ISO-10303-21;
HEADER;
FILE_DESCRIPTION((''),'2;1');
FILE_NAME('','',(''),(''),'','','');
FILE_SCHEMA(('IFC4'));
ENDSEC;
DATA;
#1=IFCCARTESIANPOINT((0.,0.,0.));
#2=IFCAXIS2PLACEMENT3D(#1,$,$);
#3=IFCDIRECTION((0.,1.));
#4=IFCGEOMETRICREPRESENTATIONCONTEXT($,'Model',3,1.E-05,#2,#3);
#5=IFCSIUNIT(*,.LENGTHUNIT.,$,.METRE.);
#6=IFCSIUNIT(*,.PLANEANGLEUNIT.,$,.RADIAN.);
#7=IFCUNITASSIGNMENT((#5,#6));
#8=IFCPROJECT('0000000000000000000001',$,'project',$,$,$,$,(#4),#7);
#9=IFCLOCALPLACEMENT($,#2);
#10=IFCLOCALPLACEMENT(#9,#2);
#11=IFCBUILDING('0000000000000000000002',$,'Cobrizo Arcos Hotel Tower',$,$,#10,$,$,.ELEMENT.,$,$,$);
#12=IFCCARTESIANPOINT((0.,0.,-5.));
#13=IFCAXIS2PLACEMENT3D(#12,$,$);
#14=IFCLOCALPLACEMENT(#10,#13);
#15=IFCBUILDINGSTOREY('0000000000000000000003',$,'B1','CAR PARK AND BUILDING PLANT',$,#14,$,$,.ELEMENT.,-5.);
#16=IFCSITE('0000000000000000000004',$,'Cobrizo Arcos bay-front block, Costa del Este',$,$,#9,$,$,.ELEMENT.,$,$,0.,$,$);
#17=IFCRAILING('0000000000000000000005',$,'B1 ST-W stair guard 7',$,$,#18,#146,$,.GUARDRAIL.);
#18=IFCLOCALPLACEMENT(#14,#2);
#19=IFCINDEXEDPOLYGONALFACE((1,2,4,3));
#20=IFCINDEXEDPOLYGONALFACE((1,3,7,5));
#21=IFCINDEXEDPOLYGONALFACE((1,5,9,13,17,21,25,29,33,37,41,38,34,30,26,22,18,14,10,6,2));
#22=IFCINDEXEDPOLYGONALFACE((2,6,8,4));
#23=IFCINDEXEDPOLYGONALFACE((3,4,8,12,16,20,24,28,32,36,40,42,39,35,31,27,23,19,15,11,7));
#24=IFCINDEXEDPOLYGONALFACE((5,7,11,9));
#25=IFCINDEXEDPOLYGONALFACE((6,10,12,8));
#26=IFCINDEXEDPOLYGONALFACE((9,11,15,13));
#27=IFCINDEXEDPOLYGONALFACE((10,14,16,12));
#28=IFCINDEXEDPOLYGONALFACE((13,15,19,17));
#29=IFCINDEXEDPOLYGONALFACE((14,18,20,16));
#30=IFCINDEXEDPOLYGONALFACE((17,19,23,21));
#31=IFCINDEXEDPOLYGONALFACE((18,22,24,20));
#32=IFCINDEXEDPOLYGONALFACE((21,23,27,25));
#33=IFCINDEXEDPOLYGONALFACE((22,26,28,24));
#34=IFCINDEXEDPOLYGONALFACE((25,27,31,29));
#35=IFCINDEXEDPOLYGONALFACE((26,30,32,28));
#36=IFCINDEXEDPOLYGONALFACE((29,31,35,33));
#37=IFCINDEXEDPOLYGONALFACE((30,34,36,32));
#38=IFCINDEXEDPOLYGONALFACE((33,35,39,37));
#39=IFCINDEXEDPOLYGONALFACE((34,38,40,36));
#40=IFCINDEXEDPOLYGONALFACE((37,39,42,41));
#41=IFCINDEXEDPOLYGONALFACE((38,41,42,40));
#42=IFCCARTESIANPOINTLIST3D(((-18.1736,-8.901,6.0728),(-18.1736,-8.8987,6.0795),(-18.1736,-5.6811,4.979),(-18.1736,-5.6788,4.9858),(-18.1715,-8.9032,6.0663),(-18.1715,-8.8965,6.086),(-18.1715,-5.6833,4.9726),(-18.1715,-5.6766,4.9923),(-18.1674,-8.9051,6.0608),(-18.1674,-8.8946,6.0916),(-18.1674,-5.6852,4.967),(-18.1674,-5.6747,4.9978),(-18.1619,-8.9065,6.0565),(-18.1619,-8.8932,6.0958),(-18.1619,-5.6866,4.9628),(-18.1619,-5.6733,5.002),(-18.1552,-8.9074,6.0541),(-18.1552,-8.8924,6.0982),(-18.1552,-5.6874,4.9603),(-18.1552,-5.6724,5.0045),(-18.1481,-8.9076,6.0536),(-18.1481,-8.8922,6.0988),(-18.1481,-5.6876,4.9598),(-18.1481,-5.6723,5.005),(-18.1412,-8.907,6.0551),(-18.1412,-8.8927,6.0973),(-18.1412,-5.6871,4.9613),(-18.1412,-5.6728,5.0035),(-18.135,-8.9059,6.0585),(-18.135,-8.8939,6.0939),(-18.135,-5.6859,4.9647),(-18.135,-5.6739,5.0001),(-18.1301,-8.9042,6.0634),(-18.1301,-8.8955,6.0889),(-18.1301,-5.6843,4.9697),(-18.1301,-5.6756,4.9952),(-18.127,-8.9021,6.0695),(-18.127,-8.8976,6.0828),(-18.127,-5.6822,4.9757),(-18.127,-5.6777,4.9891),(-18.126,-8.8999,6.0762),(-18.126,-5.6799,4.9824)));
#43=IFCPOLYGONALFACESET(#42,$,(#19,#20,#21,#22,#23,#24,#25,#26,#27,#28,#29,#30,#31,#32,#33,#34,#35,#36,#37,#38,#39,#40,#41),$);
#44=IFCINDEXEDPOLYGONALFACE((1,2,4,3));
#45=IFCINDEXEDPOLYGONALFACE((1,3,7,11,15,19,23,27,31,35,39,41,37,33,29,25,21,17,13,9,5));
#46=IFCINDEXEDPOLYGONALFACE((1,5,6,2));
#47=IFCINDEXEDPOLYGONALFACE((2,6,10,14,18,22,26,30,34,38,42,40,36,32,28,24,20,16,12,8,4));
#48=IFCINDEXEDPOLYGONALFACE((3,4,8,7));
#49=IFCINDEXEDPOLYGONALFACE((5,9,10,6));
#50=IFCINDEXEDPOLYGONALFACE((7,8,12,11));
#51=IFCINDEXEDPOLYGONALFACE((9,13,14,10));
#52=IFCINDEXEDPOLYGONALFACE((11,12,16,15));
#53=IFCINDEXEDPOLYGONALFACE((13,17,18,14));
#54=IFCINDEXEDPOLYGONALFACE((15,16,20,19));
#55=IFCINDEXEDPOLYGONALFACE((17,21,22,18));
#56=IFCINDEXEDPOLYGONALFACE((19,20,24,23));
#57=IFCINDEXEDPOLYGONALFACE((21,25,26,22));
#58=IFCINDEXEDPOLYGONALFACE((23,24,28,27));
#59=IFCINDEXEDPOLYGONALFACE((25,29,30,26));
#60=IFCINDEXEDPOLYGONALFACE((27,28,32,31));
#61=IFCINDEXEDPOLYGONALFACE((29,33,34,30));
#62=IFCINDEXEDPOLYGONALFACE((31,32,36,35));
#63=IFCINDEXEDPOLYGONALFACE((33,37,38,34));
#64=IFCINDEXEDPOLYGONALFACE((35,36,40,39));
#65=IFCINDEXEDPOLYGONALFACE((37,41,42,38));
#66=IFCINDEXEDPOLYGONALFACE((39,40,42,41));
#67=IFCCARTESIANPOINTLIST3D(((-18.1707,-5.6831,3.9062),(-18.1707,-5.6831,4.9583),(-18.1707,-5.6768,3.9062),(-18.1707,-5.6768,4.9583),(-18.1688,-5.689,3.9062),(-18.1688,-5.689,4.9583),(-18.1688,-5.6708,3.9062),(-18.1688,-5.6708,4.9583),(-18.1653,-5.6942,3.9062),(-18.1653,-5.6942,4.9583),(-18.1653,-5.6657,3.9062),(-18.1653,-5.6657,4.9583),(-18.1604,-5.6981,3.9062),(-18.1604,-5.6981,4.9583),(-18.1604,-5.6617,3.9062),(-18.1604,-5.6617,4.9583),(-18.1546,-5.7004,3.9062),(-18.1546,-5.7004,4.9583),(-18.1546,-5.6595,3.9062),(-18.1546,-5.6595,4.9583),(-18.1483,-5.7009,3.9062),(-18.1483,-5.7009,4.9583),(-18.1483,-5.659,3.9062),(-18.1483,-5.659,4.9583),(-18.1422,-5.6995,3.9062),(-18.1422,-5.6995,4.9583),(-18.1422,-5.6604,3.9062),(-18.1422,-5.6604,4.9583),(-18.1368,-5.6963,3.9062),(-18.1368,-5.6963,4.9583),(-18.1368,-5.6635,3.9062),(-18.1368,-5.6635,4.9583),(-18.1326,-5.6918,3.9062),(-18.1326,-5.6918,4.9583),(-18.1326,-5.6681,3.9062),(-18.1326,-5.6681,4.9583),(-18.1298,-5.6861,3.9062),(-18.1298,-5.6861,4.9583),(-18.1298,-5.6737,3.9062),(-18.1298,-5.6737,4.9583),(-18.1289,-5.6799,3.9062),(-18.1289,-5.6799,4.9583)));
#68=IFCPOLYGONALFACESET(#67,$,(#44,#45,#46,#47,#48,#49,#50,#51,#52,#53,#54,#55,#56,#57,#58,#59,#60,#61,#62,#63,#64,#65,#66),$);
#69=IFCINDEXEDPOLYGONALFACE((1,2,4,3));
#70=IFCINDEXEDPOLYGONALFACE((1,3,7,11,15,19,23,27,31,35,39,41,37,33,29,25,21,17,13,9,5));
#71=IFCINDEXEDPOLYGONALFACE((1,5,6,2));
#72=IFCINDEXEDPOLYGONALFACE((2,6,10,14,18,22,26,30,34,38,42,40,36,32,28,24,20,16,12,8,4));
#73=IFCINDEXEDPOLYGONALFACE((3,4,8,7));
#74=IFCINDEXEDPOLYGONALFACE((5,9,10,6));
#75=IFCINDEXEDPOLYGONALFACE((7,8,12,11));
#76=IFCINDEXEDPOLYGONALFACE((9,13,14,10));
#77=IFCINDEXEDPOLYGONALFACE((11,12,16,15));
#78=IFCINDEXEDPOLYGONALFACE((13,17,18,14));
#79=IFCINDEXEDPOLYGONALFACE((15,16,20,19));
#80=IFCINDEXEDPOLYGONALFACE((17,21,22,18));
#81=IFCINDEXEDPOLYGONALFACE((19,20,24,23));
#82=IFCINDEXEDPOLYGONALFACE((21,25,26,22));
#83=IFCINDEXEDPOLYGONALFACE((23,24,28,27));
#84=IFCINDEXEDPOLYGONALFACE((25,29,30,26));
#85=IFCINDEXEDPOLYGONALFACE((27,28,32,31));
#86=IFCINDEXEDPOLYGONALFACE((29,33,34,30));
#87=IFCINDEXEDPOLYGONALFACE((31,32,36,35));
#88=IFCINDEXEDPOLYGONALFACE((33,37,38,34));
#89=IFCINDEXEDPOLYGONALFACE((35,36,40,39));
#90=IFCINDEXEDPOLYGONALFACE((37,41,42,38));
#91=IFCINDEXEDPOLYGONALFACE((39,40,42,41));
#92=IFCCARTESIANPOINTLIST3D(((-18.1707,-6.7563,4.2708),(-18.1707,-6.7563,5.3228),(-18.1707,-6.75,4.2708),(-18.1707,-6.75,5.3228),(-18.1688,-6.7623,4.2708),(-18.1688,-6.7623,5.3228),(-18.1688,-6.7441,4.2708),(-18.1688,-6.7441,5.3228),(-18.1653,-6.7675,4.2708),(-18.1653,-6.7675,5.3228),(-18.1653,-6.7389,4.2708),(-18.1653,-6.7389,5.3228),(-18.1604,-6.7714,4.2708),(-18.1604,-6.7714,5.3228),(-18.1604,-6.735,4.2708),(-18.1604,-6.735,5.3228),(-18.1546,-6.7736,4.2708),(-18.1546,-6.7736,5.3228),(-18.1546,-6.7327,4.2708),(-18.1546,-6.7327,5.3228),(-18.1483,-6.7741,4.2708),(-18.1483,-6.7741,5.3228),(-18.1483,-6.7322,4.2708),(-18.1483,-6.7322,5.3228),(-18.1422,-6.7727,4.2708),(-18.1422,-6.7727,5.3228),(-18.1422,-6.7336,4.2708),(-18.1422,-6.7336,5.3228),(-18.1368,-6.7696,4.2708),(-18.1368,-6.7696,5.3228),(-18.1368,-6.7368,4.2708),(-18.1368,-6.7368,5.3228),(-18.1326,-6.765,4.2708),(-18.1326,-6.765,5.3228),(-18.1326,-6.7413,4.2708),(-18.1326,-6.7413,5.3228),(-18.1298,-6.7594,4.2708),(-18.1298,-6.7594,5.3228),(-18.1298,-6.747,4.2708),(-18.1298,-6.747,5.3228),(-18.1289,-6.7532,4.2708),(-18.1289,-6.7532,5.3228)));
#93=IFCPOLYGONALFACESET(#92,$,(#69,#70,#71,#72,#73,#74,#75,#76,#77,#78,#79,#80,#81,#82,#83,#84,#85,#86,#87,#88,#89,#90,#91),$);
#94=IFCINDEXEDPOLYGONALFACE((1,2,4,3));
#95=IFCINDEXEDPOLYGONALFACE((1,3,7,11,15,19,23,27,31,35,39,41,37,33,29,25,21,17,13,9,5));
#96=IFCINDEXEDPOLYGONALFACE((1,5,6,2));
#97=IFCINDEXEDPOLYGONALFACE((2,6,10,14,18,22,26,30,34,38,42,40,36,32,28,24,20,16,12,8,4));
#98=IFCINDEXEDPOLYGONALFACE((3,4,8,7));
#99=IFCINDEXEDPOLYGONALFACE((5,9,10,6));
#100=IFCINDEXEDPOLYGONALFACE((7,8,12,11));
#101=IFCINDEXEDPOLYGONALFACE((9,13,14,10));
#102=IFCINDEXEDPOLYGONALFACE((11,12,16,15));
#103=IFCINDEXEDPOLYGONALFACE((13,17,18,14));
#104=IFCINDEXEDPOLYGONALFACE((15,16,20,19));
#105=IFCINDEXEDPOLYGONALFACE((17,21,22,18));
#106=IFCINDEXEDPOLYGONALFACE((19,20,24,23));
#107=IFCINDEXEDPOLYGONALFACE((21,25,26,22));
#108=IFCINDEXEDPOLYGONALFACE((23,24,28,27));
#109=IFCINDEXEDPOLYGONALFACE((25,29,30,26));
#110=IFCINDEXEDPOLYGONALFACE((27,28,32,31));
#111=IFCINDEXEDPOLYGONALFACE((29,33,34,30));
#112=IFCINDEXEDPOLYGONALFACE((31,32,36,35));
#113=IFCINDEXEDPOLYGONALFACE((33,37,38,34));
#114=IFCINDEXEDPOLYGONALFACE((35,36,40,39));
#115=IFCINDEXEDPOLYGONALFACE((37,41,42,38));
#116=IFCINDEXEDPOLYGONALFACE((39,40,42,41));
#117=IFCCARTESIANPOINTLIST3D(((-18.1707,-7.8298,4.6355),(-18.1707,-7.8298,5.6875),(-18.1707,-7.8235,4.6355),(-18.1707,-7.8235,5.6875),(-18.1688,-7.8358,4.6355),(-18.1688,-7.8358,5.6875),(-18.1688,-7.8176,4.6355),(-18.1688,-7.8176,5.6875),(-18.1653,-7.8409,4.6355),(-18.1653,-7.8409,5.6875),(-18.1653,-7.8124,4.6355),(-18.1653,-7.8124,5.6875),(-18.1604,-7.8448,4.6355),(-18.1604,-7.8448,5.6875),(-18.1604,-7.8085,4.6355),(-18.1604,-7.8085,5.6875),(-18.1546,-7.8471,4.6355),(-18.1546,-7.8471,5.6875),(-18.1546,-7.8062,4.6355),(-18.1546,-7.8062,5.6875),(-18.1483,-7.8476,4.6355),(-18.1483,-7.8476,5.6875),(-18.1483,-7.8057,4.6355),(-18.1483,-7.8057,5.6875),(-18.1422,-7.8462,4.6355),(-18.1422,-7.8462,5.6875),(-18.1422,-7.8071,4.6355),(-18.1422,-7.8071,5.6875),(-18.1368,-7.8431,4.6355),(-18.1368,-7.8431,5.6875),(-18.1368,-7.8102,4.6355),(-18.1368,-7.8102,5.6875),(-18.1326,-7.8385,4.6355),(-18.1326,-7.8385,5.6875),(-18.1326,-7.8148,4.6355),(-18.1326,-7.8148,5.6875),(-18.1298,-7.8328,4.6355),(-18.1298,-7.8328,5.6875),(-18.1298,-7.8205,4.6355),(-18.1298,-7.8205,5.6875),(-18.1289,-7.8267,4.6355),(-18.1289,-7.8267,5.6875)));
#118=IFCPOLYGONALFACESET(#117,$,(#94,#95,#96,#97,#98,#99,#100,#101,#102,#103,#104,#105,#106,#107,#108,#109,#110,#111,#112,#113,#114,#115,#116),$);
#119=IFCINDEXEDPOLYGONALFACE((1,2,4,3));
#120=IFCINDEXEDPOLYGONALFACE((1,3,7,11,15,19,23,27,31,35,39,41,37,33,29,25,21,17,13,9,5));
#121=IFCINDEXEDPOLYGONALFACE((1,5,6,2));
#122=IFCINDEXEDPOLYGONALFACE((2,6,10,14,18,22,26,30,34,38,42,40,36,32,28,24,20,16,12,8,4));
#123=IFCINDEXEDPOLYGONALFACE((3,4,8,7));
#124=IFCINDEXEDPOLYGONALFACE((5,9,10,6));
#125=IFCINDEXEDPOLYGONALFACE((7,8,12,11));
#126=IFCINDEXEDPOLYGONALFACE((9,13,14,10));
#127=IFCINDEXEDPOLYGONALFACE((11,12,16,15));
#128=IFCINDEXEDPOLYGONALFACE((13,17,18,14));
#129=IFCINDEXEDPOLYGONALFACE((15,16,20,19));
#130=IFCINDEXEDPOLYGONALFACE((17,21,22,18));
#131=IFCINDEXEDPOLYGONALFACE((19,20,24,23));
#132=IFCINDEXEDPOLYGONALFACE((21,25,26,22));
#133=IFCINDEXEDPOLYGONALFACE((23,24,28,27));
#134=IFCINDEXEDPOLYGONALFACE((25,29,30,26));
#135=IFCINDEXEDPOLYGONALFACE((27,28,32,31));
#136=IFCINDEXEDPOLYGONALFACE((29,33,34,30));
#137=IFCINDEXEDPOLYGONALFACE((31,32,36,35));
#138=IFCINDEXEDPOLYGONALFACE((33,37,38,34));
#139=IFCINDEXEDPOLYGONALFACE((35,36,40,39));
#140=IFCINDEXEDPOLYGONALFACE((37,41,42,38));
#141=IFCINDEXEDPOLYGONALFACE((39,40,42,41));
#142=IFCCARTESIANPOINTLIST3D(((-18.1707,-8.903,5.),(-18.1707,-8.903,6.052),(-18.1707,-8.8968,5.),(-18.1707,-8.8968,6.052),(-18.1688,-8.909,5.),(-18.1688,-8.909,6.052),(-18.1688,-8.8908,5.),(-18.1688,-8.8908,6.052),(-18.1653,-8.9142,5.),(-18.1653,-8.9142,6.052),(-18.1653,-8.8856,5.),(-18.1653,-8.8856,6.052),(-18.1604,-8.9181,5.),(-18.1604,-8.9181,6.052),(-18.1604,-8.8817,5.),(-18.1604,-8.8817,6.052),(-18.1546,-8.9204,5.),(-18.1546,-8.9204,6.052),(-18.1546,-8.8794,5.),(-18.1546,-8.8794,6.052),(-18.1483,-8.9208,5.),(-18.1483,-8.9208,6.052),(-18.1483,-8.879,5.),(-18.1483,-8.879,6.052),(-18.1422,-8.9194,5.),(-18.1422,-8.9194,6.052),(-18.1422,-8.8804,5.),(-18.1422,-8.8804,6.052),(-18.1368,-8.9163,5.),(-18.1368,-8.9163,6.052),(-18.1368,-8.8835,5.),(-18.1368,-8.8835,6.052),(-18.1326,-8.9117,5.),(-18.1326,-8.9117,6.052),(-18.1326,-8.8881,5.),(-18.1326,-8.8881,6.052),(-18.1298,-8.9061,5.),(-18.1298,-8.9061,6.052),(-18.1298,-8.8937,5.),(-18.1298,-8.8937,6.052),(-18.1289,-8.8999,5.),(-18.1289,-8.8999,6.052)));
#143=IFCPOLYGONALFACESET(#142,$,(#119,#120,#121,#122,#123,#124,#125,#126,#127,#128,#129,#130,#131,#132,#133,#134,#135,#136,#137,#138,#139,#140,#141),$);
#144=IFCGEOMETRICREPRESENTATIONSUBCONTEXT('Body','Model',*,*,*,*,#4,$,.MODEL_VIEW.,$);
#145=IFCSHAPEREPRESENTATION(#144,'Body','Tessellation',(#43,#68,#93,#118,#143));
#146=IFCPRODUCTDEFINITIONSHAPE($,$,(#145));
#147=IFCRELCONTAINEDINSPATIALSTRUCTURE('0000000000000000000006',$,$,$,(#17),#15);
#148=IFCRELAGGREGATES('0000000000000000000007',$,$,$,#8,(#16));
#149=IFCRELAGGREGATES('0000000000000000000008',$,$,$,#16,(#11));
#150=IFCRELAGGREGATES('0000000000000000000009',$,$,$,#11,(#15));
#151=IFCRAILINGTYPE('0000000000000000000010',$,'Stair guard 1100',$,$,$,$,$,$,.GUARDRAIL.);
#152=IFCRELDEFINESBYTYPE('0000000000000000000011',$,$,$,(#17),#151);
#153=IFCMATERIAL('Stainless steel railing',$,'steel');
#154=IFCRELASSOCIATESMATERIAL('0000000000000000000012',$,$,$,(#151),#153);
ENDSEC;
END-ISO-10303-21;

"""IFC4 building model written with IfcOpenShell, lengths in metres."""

from ifc_helpers import new_model, si_unit, direction, frame, origin, origin_2d, place, context, subcontext, project, spatial, circle, extrude, material, type_object, element, save


model = new_model("IFC4")

# Units and contexts
model_context = context("Model", 3, precision=1e-05, world=origin(), true_north=direction((0.0, 1.0)))
body_context = subcontext(model_context, "Body", "Model", "MODEL_VIEW")
ifc_project = project(units=[si_unit("LENGTHUNIT", "METRE"), si_unit("PLANEANGLEUNIT", "RADIAN")], contexts=[model_context])

# Site, building, storey
site_placement = place(None, origin())
site = spatial("IfcSite", under=ifc_project, at=site_placement, Name="Cobrizo Arcos bay-front block, Costa del Este", CompositionType="ELEMENT", RefElevation=0.0)
building_placement = place(site_placement, origin())
building = spatial("IfcBuilding", under=site, at=building_placement, Name="Cobrizo Arcos Hotel Tower", CompositionType="ELEMENT")
storey_placement = place(building_placement, frame((0.0, 0.0, -5.0)))
storey = spatial("IfcBuildingStorey", under=building, at=storey_placement, Name="B1", Description="CAR PARK AND BUILDING PLANT", CompositionType="ELEMENT", Elevation=-5.0)

# Railing
ifc_material_1 = material(Name="Stainless steel railing", Category="steel")
railing_type_1 = type_object("IfcRailingType", Name="Stair guard 1100", PredefinedType="GUARDRAIL", material=ifc_material_1)
railing_1_placement = place(storey_placement, frame((-18.1499, -5.6799, 3.9062)))
element("IfcRailing", 1, at=railing_1_placement, inside=storey, type_object=railing_type_1, Name="B1 ST-W stair guard 7", PredefinedType="GUARDRAIL", context=body_context, shape_type="SweptSolid", body=[
    extrude(circle(Radius=0.0239, at=origin_2d()), frame((0.0, 0.0, 1.0762), z_axis=(0.0, -0.946866, 0.321629), x_axis=(1.0, 0.0, 0.0)), (0.0, 0.0, 1.0), 3.4006),
    extrude(circle(Radius=0.021, at=origin_2d()), origin(), (0.0, 0.0, 1.0), 1.052),
    extrude(circle(Radius=0.021, at=origin_2d()), frame((0.0, -1.0732, 0.3645)), (0.0, 0.0, 1.0), 1.052),
    extrude(circle(Radius=0.021, at=origin_2d()), frame((0.0, -2.1467, 0.7292)), (0.0, 0.0, 1.0), 1.052),
    extrude(circle(Radius=0.021, at=origin_2d()), frame((0.0, -3.22, 1.0938)), (0.0, 0.0, 1.0), 1.052),
])

save(model, "model.ifc")
